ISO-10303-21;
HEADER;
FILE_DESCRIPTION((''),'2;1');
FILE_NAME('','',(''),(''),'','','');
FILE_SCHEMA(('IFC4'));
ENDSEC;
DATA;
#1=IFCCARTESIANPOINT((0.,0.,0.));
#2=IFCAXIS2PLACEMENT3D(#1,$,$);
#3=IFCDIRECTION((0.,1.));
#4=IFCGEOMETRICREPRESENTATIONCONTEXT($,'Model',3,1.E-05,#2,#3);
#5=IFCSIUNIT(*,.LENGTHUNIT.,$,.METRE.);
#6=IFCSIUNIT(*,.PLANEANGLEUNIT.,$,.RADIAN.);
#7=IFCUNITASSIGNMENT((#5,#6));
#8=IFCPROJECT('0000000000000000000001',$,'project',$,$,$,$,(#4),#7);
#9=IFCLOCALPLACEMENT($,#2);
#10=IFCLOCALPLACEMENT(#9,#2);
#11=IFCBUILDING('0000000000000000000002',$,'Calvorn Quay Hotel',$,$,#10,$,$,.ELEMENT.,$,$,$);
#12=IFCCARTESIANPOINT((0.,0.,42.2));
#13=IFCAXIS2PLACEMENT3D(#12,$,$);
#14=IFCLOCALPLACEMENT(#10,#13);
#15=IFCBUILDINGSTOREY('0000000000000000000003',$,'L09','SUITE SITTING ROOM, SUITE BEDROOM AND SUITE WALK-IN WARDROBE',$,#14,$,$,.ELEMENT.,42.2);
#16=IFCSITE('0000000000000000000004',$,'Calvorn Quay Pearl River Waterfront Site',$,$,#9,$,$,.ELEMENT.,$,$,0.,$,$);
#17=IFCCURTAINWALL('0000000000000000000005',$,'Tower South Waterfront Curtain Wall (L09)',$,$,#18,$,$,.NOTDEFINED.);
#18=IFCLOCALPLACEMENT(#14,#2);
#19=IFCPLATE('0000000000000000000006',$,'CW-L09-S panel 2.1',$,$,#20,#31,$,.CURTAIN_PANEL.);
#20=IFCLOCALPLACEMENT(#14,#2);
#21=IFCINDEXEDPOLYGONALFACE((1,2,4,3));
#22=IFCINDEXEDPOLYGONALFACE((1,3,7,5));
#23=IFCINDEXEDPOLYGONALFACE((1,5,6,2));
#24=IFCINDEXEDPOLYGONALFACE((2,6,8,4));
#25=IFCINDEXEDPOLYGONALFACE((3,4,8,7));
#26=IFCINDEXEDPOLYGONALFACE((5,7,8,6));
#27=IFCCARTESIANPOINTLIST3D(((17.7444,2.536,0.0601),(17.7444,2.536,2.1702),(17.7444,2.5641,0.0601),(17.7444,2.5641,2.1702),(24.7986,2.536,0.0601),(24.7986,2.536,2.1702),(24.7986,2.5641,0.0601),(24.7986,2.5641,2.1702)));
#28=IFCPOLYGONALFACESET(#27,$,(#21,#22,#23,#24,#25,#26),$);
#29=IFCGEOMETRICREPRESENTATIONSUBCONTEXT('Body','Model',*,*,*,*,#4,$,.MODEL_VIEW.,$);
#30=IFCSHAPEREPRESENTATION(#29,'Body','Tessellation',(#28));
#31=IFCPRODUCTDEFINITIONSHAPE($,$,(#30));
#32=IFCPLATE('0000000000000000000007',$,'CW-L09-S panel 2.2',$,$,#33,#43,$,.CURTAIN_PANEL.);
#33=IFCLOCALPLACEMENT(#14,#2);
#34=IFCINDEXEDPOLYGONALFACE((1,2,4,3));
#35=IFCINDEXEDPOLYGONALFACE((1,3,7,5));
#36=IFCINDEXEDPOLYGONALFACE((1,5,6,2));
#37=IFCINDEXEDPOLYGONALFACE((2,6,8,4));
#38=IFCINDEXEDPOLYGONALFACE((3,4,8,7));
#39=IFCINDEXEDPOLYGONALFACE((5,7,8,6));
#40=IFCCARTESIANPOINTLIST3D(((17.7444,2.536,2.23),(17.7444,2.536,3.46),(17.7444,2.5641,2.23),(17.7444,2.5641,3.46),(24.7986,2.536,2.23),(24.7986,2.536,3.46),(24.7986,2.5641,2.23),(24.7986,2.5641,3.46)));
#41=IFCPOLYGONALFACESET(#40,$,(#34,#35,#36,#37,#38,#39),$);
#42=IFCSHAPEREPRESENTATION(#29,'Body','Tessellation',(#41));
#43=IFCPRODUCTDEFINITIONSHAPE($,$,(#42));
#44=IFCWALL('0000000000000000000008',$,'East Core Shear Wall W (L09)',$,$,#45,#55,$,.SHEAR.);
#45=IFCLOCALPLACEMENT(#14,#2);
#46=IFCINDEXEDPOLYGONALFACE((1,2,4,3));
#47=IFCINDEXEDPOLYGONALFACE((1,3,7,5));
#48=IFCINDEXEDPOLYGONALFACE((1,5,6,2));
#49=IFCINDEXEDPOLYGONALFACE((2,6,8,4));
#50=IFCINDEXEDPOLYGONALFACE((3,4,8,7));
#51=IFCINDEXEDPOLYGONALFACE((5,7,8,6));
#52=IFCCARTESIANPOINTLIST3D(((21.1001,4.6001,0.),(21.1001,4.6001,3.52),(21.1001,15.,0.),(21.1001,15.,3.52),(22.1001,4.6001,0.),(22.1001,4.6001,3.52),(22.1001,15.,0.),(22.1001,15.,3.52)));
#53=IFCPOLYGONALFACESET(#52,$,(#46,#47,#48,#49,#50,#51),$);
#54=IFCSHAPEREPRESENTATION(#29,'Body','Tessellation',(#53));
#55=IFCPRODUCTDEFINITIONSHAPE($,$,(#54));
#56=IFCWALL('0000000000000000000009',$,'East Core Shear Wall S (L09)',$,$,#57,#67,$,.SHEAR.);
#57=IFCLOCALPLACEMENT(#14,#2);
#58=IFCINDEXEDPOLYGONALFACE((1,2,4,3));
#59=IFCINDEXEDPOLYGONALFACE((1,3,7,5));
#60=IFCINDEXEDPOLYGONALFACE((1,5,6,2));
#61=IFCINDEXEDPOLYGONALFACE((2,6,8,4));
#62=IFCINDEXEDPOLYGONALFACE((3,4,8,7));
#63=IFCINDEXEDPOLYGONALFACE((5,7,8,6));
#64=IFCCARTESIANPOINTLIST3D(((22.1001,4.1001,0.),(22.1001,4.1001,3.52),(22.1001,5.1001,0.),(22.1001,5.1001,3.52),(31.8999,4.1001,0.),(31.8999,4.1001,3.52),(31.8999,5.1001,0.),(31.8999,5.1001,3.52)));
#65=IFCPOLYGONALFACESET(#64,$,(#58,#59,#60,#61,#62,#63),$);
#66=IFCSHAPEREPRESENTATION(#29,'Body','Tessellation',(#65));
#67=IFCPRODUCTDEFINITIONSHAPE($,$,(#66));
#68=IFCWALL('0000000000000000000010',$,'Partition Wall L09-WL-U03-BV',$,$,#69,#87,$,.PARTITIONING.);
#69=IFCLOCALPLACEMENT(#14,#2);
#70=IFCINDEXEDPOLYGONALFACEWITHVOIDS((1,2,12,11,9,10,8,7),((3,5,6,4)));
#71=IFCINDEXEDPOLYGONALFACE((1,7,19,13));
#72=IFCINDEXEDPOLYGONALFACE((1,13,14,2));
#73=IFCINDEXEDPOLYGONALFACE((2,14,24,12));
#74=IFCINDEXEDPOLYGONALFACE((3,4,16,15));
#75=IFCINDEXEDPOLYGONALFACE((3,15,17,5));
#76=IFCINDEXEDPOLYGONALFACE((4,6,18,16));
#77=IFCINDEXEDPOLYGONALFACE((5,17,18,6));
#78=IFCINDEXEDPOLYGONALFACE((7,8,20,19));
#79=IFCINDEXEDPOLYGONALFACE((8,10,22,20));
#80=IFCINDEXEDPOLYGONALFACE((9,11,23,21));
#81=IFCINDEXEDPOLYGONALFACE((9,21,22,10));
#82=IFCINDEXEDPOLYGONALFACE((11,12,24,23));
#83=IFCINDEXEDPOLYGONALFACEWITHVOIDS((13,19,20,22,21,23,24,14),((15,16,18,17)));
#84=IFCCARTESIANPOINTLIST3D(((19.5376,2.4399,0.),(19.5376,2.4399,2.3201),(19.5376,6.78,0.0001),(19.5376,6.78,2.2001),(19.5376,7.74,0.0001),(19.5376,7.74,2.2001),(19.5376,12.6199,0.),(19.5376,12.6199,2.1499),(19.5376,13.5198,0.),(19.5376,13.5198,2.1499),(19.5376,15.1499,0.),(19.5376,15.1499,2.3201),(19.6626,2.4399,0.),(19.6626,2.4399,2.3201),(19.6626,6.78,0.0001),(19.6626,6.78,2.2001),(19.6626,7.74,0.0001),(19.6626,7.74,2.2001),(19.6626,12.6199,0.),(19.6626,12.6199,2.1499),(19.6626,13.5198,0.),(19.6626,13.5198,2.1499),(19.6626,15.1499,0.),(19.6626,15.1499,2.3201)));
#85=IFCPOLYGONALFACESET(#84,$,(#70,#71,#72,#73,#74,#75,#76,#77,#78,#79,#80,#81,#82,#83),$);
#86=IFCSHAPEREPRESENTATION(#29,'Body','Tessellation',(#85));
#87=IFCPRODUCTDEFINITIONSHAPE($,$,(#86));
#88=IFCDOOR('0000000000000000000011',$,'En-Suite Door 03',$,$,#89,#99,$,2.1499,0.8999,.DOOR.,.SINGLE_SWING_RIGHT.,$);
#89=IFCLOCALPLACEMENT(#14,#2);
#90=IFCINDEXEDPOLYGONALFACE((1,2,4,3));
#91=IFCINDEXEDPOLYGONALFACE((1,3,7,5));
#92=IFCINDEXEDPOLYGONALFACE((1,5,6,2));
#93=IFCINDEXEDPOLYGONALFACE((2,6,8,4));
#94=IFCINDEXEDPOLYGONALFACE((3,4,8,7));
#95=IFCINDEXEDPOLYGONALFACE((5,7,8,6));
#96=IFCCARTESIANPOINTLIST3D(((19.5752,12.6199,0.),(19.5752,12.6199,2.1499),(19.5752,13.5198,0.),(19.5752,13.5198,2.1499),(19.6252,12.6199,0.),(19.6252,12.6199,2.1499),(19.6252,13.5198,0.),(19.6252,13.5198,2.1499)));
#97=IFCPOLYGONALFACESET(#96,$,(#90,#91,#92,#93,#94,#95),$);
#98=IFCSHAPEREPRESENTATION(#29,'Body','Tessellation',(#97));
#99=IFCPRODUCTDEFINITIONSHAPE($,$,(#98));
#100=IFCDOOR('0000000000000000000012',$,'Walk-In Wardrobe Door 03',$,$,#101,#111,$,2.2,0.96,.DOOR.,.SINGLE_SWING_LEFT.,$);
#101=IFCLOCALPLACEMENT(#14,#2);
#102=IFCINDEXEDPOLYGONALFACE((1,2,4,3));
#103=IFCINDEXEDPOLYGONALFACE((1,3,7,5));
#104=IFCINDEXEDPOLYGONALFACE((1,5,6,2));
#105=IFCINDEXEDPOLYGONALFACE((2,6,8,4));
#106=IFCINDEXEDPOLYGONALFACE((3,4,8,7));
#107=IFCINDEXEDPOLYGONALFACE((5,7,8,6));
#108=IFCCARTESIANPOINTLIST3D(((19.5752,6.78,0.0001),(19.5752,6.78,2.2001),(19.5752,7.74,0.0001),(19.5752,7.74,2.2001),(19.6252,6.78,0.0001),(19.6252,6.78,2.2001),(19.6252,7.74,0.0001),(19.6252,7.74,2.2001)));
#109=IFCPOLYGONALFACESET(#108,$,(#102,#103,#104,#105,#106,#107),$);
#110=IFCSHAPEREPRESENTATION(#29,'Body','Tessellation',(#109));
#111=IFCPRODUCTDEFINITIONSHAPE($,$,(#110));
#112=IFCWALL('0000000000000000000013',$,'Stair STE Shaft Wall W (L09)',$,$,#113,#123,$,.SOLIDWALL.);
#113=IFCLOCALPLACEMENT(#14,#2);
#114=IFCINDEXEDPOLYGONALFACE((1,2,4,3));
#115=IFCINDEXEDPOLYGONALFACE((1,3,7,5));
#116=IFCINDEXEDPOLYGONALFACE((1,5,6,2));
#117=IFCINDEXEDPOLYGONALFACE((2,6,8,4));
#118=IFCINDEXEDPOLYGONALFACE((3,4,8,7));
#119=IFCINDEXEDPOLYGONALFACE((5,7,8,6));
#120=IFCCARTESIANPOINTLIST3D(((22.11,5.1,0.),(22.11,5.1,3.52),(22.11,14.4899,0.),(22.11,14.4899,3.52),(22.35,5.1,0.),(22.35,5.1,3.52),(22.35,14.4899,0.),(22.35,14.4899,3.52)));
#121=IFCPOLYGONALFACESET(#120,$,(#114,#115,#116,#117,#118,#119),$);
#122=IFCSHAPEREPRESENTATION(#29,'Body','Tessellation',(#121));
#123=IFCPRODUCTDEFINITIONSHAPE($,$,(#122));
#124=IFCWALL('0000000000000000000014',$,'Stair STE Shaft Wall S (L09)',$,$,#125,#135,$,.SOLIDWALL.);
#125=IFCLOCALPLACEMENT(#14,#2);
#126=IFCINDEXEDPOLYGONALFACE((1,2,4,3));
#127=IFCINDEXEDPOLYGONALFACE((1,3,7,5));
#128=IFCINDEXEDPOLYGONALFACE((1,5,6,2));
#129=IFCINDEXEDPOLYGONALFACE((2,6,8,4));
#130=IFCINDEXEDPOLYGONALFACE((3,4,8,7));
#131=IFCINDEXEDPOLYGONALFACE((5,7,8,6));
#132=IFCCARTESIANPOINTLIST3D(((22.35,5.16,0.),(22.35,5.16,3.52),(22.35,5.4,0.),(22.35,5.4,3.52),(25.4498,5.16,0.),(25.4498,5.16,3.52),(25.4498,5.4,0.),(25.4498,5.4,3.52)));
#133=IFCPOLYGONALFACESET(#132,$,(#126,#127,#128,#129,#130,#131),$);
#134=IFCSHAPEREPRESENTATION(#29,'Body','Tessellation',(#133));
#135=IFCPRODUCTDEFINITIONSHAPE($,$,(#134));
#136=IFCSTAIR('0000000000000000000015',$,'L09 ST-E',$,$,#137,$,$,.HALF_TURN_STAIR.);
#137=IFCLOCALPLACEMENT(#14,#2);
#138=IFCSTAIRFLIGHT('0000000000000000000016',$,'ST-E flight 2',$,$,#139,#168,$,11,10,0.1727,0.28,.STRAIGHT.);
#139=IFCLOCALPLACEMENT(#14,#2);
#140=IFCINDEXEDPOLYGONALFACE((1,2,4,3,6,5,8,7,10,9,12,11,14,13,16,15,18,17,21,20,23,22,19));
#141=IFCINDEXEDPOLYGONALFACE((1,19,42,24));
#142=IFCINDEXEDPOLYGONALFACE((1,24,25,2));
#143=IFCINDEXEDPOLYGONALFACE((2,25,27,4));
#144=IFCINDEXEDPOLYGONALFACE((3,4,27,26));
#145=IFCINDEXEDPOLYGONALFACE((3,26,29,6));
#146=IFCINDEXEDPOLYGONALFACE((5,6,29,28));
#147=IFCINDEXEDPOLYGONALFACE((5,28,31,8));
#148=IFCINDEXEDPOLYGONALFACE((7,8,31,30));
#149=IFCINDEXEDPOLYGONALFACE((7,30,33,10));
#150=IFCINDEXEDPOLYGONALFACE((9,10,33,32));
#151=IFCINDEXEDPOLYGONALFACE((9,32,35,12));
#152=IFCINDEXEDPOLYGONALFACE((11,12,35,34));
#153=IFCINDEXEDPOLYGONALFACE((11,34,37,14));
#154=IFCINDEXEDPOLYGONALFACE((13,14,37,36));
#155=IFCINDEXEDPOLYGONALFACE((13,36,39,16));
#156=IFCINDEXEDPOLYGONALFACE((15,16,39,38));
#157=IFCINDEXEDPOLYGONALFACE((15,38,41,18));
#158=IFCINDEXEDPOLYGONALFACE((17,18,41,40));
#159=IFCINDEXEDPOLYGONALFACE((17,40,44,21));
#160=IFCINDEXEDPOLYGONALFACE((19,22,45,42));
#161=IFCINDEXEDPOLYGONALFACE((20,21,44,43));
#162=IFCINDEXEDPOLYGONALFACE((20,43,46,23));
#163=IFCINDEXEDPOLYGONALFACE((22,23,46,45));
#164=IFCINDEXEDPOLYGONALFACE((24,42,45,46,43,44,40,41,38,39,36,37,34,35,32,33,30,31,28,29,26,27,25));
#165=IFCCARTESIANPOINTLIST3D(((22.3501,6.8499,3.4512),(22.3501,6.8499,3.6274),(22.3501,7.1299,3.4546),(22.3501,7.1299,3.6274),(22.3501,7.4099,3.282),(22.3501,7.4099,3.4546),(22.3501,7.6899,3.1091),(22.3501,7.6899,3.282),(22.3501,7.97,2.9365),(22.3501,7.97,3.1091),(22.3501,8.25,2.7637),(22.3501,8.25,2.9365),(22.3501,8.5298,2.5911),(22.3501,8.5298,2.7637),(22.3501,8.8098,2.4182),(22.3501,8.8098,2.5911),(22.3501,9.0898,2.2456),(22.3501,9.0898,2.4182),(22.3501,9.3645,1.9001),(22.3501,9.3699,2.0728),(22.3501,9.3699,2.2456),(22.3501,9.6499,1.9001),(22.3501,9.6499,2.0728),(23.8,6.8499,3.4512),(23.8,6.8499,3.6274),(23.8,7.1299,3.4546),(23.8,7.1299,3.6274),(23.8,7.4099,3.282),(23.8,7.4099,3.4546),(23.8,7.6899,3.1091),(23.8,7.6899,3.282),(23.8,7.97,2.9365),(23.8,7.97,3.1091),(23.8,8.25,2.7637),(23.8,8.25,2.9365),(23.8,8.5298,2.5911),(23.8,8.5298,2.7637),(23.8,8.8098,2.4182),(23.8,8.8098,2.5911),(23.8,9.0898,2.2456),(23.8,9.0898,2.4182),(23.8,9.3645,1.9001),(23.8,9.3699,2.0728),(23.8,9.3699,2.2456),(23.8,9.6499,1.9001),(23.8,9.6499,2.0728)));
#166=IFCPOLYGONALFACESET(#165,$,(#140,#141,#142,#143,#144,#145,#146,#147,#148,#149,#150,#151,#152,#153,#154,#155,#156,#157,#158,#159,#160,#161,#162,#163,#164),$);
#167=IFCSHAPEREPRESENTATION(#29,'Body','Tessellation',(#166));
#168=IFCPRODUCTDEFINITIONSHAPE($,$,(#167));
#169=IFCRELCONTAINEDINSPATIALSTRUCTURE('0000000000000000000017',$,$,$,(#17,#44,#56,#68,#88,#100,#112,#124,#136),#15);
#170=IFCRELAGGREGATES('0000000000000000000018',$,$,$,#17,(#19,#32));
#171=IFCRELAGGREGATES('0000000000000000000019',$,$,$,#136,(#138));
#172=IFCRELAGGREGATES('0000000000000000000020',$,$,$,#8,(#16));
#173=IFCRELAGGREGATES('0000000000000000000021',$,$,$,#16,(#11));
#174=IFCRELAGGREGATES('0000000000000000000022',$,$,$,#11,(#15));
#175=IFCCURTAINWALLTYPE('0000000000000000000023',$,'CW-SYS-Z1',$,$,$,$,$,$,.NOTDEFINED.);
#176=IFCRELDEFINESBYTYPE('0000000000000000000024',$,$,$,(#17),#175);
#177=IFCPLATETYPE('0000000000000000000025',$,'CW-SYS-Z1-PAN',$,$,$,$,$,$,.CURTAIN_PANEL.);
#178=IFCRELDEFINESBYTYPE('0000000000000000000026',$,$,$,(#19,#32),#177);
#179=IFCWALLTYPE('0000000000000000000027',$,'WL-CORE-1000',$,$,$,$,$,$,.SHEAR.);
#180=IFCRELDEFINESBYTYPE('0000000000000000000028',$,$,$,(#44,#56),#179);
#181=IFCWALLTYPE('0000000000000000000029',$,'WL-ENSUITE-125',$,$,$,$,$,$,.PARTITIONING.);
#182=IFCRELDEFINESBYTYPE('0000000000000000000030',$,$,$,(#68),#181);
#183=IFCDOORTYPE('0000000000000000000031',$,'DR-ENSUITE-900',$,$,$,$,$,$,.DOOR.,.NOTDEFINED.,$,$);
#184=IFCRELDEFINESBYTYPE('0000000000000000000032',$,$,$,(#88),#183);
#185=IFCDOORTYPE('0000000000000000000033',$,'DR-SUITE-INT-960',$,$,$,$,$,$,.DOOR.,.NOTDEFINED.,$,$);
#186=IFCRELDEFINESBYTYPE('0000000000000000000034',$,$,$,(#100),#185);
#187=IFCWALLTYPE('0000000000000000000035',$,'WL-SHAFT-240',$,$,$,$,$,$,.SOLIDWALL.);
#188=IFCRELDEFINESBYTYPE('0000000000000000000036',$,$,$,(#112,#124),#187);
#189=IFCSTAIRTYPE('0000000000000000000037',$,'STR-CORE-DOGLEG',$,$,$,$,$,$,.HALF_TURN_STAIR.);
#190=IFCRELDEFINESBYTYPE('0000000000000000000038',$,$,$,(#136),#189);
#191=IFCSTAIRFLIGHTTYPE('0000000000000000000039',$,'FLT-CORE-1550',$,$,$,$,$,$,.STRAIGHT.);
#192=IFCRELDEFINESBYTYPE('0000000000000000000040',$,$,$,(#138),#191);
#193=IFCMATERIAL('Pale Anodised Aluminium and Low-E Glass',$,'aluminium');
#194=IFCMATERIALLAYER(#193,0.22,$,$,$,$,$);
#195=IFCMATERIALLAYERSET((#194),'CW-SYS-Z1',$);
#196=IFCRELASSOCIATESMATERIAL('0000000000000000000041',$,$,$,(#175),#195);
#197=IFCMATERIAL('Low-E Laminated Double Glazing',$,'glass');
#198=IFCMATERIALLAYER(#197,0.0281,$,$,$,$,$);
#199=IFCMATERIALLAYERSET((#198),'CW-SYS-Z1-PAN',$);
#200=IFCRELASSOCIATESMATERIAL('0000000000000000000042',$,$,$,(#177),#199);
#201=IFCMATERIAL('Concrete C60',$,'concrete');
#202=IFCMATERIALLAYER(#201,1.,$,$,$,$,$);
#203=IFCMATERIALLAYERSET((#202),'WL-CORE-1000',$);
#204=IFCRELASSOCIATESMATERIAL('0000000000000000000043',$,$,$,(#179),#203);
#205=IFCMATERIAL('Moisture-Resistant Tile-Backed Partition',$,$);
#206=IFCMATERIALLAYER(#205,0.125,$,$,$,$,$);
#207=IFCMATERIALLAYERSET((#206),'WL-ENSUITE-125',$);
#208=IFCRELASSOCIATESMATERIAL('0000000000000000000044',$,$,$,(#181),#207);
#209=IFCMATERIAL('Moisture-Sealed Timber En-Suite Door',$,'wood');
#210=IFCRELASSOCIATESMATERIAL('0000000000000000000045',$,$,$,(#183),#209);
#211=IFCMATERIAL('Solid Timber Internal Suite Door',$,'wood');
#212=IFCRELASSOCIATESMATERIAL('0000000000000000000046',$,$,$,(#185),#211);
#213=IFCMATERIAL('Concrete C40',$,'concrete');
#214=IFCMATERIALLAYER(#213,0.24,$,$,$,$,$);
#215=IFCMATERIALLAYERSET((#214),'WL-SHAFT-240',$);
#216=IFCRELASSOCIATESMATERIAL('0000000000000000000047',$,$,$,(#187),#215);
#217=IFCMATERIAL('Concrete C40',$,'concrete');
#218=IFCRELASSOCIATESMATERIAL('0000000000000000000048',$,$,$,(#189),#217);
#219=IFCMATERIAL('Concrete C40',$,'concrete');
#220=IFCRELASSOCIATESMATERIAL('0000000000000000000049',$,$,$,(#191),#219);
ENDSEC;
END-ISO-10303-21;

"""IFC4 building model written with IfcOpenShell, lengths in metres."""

from ifc_helpers import new_model, si_unit, direction, frame, frame_2d, origin, origin_2d, place, context, subcontext, project, spatial, polyline, rectangle, outline, extrude, material, layer, layer_set, type_object, element, fill, aggregate, save


model = new_model("IFC4")

# Units and contexts
model_context = context("Model", 3, precision=1e-05, world=origin(), true_north=direction((0.0, 1.0)))
body_context = subcontext(model_context, "Body", "Model", "MODEL_VIEW")
ifc_project = project(units=[si_unit("LENGTHUNIT", "METRE"), si_unit("PLANEANGLEUNIT", "RADIAN")], contexts=[model_context])

# Site, building, storey
site_placement = place(None, origin())
site = spatial("IfcSite", under=ifc_project, at=site_placement, Name="Calvorn Quay Pearl River Waterfront Site", CompositionType="ELEMENT", RefElevation=0.0)
building_placement = place(site_placement, origin())
building = spatial("IfcBuilding", under=site, at=building_placement, Name="Calvorn Quay Hotel", CompositionType="ELEMENT")
storey_placement = place(building_placement, frame((0.0, 0.0, 42.2)))
storey = spatial("IfcBuildingStorey", under=building, at=storey_placement, Name="L09", Description="SUITE SITTING ROOM, SUITE BEDROOM AND SUITE WALK-IN WARDROBE", CompositionType="ELEMENT", Elevation=42.2)

# Curtain wall, plates
ifc_material_1 = material(Name="Pale Anodised Aluminium and Low-E Glass", Category="aluminium")
ifc_layer_1 = layer(ifc_material_1, 0.22)
ifc_layer_set_1 = layer_set([ifc_layer_1], Name="CW-SYS-Z1")
curtain_wall_type = type_object("IfcCurtainWallType", Name="CW-SYS-Z1", PredefinedType="NOTDEFINED", material=ifc_layer_set_1)
curtain_wall_placement = place(storey_placement, origin())
curtain_wall = element("IfcCurtainWall", 1, at=curtain_wall_placement, inside=storey, type_object=curtain_wall_type, Name="Tower South Waterfront Curtain Wall (L09)", PredefinedType="NOTDEFINED")
ifc_material_2 = material(Name="Low-E Laminated Double Glazing", Category="glass")
ifc_layer_2 = layer(ifc_material_2, 0.0281)
ifc_layer_set_2 = layer_set([ifc_layer_2], Name="CW-SYS-Z1-PAN")
plate_type = type_object("IfcPlateType", Name="CW-SYS-Z1-PAN", PredefinedType="CURTAIN_PANEL", material=ifc_layer_set_2)
plate_1_placement = place(storey_placement, frame((21.2715, 2.55, 0.0601), z_axis=(0.0, 0.0, 1.0), x_axis=(1.0, 0.0, 0.0)))
plate_1 = element("IfcPlate", 2, at=plate_1_placement, type_object=plate_type, Name="CW-L09-S panel 2.1", PredefinedType="CURTAIN_PANEL", context=body_context, shape_type="SweptSolid", body=[
    extrude(rectangle(XDim=7.0542, YDim=0.0281, at=origin_2d()), origin(), (0.0, 0.0, 1.0), 2.1101),
])
plate_2_placement = place(storey_placement, frame((21.2715, 2.55, 2.23), z_axis=(0.0, 0.0, 1.0), x_axis=(1.0, 0.0, 0.0)))
plate_2 = element("IfcPlate", 3, at=plate_2_placement, type_object=plate_type, Name="CW-L09-S panel 2.2", PredefinedType="CURTAIN_PANEL", context=body_context, shape_type="SweptSolid", body=[
    extrude(rectangle(XDim=7.0542, YDim=0.0281, at=origin_2d()), origin(), (0.0, 0.0, 1.0), 1.23),
])
aggregate(curtain_wall, [plate_1, plate_2])

# Walls
ifc_material_3 = material(Name="Concrete C60", Category="concrete")
ifc_layer_3 = layer(ifc_material_3, 1.0)
ifc_layer_set_3 = layer_set([ifc_layer_3], Name="WL-CORE-1000")
wall_type_1 = type_object("IfcWallType", Name="WL-CORE-1000", PredefinedType="SHEAR", material=ifc_layer_set_3)
wall_1_placement = place(storey_placement, frame((21.6001, 4.6001, 0.0), z_axis=(0.0, 0.0, 1.0), x_axis=(0.0, 1.0, 0.0)))
element("IfcWall", 4, at=wall_1_placement, inside=storey, type_object=wall_type_1, Name="East Core Shear Wall W (L09)", PredefinedType="SHEAR", context=body_context, shape_type="SweptSolid", body=[
    extrude(rectangle(XDim=10.3999, YDim=1.0, at=frame_2d((5.2, 0.0))), origin(), (0.0, 0.0, 1.0), 3.52),
])
wall_2_placement = place(storey_placement, frame((22.1001, 4.6001, 0.0), z_axis=(0.0, 0.0, 1.0), x_axis=(1.0, 0.0, 0.0)))
element("IfcWall", 5, at=wall_2_placement, inside=storey, type_object=wall_type_1, Name="East Core Shear Wall S (L09)", PredefinedType="SHEAR", context=body_context, shape_type="SweptSolid", body=[
    extrude(rectangle(XDim=9.7998, YDim=1.0, at=frame_2d((4.8999, 0.0))), origin(), (0.0, 0.0, 1.0), 3.52),
])

# Wall, openings, doors
ifc_material_4 = material(Name="Moisture-Resistant Tile-Backed Partition")
ifc_layer_4 = layer(ifc_material_4, 0.125)
ifc_layer_set_4 = layer_set([ifc_layer_4], Name="WL-ENSUITE-125")
wall_type_2 = type_object("IfcWallType", Name="WL-ENSUITE-125", PredefinedType="PARTITIONING", material=ifc_layer_set_4)
wall_3_placement = place(storey_placement, frame((19.6001, 2.4399, 0.0), z_axis=(0.0, 0.0, 1.0), x_axis=(0.0, 1.0, 0.0)))
wall_3 = element("IfcWall", 6, at=wall_3_placement, inside=storey, type_object=wall_type_2, Name="Partition Wall L09-WL-U03-BV", PredefinedType="PARTITIONING", context=body_context, shape_type="SweptSolid", body=[
    extrude(rectangle(XDim=12.71, YDim=0.125, at=frame_2d((6.355, 0.0))), origin(), (0.0, 0.0, 1.0), 2.3201),
])
opening_1_placement = place(wall_3_placement, frame((4.3401, 0.0, 0.0)))
opening_1 = element("IfcOpeningElement", 7, at=opening_1_placement, cuts=wall_3, PredefinedType="OPENING", context=body_context, shape_type="SweptSolid", body=[
    extrude(rectangle(XDim=0.96, YDim=2.2, at=frame_2d((0.48, 1.1001))), frame((0.0, 0.0725, 0.0), z_axis=(0.0, -1.0, 0.0), x_axis=(1.0, 0.0, 0.0)), (0.0, 0.0, 1.0), 0.145),
])
opening_2_placement = place(wall_3_placement, frame((10.1799, 0.0, 0.0)))
opening_2 = element("IfcOpeningElement", 8, at=opening_2_placement, cuts=wall_3, PredefinedType="OPENING", context=body_context, shape_type="SweptSolid", body=[
    extrude(rectangle(XDim=0.8999, YDim=2.1499, at=frame_2d((0.45, 1.075))), frame((0.0, 0.0725, 0.0), z_axis=(0.0, -1.0, 0.0), x_axis=(1.0, 0.0, 0.0)), (0.0, 0.0, 1.0), 0.145),
])
ifc_material_5 = material(Name="Moisture-Sealed Timber En-Suite Door", Category="wood")
door_type_1 = type_object("IfcDoorType", Name="DR-ENSUITE-900", OperationType="NOTDEFINED", PredefinedType="DOOR", material=ifc_material_5)
door_1_placement = place(opening_2_placement, origin())
door_1 = element("IfcDoor", 9, at=door_1_placement, inside=storey, type_object=door_type_1, Name="En-Suite Door 03", OperationType="SINGLE_SWING_RIGHT", OverallHeight=2.1499, OverallWidth=0.8999, PredefinedType="DOOR", context=body_context, shape_type="SweptSolid", body=[
    extrude(rectangle(XDim=0.8999, YDim=2.1499, at=frame_2d((0.45, 1.075))), frame((0.0, 0.0249, 0.0), z_axis=(0.0, -1.0, 0.0), x_axis=(1.0, 0.0, 0.0)), (0.0, 0.0, 1.0), 0.05),
])
fill(opening_2, door_1)
ifc_material_6 = material(Name="Solid Timber Internal Suite Door", Category="wood")
door_type_2 = type_object("IfcDoorType", Name="DR-SUITE-INT-960", OperationType="NOTDEFINED", PredefinedType="DOOR", material=ifc_material_6)
door_2_placement = place(opening_1_placement, origin())
door_2 = element("IfcDoor", 10, at=door_2_placement, inside=storey, type_object=door_type_2, Name="Walk-In Wardrobe Door 03", OperationType="SINGLE_SWING_LEFT", OverallHeight=2.2, OverallWidth=0.96, PredefinedType="DOOR", context=body_context, shape_type="SweptSolid", body=[
    extrude(rectangle(XDim=0.96, YDim=2.2, at=frame_2d((0.48, 1.1001))), frame((0.0, 0.0249, 0.0), z_axis=(0.0, -1.0, 0.0), x_axis=(1.0, 0.0, 0.0)), (0.0, 0.0, 1.0), 0.05),
])
fill(opening_1, door_2)

# Walls
ifc_material_7 = material(Name="Concrete C40", Category="concrete")
ifc_layer_5 = layer(ifc_material_7, 0.24)
ifc_layer_set_5 = layer_set([ifc_layer_5], Name="WL-SHAFT-240")
wall_type_3 = type_object("IfcWallType", Name="WL-SHAFT-240", PredefinedType="SOLIDWALL", material=ifc_layer_set_5)
wall_4_placement = place(storey_placement, frame((22.23, 5.1001, 0.0), z_axis=(0.0, 0.0, 1.0), x_axis=(0.0, 1.0, 0.0)))
element("IfcWall", 11, at=wall_4_placement, inside=storey, type_object=wall_type_3, Name="Stair STE Shaft Wall W (L09)", PredefinedType="SOLIDWALL", context=body_context, shape_type="SweptSolid", body=[
    extrude(rectangle(XDim=9.3899, YDim=0.24, at=frame_2d((4.6948, 0.0))), origin(), (0.0, 0.0, 1.0), 3.52),
])
wall_5_placement = place(storey_placement, frame((22.3501, 5.28, 0.0), z_axis=(0.0, 0.0, 1.0), x_axis=(1.0, 0.0, 0.0)))
element("IfcWall", 12, at=wall_5_placement, inside=storey, type_object=wall_type_3, Name="Stair STE Shaft Wall S (L09)", PredefinedType="SOLIDWALL", context=body_context, shape_type="SweptSolid", body=[
    extrude(rectangle(XDim=3.0999, YDim=0.24, at=frame_2d((1.5498, 0.0))), origin(), (0.0, 0.0, 1.0), 3.52),
])

# Stair, stair flight
ifc_material_8 = material(Name="Concrete C40", Category="concrete")
stair_type = type_object("IfcStairType", Name="STR-CORE-DOGLEG", PredefinedType="HALF_TURN_STAIR", material=ifc_material_8)
stair_placement = place(storey_placement, origin())
stair = element("IfcStair", 13, at=stair_placement, inside=storey, type_object=stair_type, Name="L09 ST-E", PredefinedType="HALF_TURN_STAIR")
ifc_material_9 = material(Name="Concrete C40", Category="concrete")
stair_flight_type = type_object("IfcStairFlightType", Name="FLT-CORE-1550", PredefinedType="STRAIGHT", material=ifc_material_9)
stair_flight_placement = place(storey_placement, frame((23.075, 9.6499, 1.9001), z_axis=(0.0, 0.0, 1.0), x_axis=(0.0, -1.0, 0.0)))
stair_flight = element("IfcStairFlight", 14, at=stair_flight_placement, type_object=stair_flight_type, Name="ST-E flight 2", NumberOfRisers=11, NumberOfTreads=10, PredefinedType="STRAIGHT", RiserHeight=0.1727, TreadLength=0.28, context=body_context, shape_type="SweptSolid", body=[
    extrude(outline(polyline([(0.0, 0.0), (0.0, 0.1726), (0.28, 0.1726), (0.28, 0.3455), (0.5601, 0.3455), (0.5601, 0.5181), (0.8401, 0.5181), (0.8401, 0.6909), (1.1201, 0.6909), (1.1201, 0.8635), (1.3999, 0.8635), (1.3999, 1.0364), (1.6799, 1.0364), (1.6799, 1.209), (1.96, 1.209), (1.96, 1.3818), (2.24, 1.3818), (2.24, 1.5544), (2.52, 1.5544), (2.52, 1.7273), (2.8, 1.7273), (2.8, 1.8999), (2.8, 1.551), (0.2854, 0.0), (0.0, 0.0)])), frame((0.0, 0.7251, 0.0), z_axis=(0.0, -1.0, 0.0), x_axis=(1.0, 0.0, 0.0)), (0.0, 0.0, 1.0), 1.45),
])
aggregate(stair, [stair_flight])

save(model, "model.ifc")
